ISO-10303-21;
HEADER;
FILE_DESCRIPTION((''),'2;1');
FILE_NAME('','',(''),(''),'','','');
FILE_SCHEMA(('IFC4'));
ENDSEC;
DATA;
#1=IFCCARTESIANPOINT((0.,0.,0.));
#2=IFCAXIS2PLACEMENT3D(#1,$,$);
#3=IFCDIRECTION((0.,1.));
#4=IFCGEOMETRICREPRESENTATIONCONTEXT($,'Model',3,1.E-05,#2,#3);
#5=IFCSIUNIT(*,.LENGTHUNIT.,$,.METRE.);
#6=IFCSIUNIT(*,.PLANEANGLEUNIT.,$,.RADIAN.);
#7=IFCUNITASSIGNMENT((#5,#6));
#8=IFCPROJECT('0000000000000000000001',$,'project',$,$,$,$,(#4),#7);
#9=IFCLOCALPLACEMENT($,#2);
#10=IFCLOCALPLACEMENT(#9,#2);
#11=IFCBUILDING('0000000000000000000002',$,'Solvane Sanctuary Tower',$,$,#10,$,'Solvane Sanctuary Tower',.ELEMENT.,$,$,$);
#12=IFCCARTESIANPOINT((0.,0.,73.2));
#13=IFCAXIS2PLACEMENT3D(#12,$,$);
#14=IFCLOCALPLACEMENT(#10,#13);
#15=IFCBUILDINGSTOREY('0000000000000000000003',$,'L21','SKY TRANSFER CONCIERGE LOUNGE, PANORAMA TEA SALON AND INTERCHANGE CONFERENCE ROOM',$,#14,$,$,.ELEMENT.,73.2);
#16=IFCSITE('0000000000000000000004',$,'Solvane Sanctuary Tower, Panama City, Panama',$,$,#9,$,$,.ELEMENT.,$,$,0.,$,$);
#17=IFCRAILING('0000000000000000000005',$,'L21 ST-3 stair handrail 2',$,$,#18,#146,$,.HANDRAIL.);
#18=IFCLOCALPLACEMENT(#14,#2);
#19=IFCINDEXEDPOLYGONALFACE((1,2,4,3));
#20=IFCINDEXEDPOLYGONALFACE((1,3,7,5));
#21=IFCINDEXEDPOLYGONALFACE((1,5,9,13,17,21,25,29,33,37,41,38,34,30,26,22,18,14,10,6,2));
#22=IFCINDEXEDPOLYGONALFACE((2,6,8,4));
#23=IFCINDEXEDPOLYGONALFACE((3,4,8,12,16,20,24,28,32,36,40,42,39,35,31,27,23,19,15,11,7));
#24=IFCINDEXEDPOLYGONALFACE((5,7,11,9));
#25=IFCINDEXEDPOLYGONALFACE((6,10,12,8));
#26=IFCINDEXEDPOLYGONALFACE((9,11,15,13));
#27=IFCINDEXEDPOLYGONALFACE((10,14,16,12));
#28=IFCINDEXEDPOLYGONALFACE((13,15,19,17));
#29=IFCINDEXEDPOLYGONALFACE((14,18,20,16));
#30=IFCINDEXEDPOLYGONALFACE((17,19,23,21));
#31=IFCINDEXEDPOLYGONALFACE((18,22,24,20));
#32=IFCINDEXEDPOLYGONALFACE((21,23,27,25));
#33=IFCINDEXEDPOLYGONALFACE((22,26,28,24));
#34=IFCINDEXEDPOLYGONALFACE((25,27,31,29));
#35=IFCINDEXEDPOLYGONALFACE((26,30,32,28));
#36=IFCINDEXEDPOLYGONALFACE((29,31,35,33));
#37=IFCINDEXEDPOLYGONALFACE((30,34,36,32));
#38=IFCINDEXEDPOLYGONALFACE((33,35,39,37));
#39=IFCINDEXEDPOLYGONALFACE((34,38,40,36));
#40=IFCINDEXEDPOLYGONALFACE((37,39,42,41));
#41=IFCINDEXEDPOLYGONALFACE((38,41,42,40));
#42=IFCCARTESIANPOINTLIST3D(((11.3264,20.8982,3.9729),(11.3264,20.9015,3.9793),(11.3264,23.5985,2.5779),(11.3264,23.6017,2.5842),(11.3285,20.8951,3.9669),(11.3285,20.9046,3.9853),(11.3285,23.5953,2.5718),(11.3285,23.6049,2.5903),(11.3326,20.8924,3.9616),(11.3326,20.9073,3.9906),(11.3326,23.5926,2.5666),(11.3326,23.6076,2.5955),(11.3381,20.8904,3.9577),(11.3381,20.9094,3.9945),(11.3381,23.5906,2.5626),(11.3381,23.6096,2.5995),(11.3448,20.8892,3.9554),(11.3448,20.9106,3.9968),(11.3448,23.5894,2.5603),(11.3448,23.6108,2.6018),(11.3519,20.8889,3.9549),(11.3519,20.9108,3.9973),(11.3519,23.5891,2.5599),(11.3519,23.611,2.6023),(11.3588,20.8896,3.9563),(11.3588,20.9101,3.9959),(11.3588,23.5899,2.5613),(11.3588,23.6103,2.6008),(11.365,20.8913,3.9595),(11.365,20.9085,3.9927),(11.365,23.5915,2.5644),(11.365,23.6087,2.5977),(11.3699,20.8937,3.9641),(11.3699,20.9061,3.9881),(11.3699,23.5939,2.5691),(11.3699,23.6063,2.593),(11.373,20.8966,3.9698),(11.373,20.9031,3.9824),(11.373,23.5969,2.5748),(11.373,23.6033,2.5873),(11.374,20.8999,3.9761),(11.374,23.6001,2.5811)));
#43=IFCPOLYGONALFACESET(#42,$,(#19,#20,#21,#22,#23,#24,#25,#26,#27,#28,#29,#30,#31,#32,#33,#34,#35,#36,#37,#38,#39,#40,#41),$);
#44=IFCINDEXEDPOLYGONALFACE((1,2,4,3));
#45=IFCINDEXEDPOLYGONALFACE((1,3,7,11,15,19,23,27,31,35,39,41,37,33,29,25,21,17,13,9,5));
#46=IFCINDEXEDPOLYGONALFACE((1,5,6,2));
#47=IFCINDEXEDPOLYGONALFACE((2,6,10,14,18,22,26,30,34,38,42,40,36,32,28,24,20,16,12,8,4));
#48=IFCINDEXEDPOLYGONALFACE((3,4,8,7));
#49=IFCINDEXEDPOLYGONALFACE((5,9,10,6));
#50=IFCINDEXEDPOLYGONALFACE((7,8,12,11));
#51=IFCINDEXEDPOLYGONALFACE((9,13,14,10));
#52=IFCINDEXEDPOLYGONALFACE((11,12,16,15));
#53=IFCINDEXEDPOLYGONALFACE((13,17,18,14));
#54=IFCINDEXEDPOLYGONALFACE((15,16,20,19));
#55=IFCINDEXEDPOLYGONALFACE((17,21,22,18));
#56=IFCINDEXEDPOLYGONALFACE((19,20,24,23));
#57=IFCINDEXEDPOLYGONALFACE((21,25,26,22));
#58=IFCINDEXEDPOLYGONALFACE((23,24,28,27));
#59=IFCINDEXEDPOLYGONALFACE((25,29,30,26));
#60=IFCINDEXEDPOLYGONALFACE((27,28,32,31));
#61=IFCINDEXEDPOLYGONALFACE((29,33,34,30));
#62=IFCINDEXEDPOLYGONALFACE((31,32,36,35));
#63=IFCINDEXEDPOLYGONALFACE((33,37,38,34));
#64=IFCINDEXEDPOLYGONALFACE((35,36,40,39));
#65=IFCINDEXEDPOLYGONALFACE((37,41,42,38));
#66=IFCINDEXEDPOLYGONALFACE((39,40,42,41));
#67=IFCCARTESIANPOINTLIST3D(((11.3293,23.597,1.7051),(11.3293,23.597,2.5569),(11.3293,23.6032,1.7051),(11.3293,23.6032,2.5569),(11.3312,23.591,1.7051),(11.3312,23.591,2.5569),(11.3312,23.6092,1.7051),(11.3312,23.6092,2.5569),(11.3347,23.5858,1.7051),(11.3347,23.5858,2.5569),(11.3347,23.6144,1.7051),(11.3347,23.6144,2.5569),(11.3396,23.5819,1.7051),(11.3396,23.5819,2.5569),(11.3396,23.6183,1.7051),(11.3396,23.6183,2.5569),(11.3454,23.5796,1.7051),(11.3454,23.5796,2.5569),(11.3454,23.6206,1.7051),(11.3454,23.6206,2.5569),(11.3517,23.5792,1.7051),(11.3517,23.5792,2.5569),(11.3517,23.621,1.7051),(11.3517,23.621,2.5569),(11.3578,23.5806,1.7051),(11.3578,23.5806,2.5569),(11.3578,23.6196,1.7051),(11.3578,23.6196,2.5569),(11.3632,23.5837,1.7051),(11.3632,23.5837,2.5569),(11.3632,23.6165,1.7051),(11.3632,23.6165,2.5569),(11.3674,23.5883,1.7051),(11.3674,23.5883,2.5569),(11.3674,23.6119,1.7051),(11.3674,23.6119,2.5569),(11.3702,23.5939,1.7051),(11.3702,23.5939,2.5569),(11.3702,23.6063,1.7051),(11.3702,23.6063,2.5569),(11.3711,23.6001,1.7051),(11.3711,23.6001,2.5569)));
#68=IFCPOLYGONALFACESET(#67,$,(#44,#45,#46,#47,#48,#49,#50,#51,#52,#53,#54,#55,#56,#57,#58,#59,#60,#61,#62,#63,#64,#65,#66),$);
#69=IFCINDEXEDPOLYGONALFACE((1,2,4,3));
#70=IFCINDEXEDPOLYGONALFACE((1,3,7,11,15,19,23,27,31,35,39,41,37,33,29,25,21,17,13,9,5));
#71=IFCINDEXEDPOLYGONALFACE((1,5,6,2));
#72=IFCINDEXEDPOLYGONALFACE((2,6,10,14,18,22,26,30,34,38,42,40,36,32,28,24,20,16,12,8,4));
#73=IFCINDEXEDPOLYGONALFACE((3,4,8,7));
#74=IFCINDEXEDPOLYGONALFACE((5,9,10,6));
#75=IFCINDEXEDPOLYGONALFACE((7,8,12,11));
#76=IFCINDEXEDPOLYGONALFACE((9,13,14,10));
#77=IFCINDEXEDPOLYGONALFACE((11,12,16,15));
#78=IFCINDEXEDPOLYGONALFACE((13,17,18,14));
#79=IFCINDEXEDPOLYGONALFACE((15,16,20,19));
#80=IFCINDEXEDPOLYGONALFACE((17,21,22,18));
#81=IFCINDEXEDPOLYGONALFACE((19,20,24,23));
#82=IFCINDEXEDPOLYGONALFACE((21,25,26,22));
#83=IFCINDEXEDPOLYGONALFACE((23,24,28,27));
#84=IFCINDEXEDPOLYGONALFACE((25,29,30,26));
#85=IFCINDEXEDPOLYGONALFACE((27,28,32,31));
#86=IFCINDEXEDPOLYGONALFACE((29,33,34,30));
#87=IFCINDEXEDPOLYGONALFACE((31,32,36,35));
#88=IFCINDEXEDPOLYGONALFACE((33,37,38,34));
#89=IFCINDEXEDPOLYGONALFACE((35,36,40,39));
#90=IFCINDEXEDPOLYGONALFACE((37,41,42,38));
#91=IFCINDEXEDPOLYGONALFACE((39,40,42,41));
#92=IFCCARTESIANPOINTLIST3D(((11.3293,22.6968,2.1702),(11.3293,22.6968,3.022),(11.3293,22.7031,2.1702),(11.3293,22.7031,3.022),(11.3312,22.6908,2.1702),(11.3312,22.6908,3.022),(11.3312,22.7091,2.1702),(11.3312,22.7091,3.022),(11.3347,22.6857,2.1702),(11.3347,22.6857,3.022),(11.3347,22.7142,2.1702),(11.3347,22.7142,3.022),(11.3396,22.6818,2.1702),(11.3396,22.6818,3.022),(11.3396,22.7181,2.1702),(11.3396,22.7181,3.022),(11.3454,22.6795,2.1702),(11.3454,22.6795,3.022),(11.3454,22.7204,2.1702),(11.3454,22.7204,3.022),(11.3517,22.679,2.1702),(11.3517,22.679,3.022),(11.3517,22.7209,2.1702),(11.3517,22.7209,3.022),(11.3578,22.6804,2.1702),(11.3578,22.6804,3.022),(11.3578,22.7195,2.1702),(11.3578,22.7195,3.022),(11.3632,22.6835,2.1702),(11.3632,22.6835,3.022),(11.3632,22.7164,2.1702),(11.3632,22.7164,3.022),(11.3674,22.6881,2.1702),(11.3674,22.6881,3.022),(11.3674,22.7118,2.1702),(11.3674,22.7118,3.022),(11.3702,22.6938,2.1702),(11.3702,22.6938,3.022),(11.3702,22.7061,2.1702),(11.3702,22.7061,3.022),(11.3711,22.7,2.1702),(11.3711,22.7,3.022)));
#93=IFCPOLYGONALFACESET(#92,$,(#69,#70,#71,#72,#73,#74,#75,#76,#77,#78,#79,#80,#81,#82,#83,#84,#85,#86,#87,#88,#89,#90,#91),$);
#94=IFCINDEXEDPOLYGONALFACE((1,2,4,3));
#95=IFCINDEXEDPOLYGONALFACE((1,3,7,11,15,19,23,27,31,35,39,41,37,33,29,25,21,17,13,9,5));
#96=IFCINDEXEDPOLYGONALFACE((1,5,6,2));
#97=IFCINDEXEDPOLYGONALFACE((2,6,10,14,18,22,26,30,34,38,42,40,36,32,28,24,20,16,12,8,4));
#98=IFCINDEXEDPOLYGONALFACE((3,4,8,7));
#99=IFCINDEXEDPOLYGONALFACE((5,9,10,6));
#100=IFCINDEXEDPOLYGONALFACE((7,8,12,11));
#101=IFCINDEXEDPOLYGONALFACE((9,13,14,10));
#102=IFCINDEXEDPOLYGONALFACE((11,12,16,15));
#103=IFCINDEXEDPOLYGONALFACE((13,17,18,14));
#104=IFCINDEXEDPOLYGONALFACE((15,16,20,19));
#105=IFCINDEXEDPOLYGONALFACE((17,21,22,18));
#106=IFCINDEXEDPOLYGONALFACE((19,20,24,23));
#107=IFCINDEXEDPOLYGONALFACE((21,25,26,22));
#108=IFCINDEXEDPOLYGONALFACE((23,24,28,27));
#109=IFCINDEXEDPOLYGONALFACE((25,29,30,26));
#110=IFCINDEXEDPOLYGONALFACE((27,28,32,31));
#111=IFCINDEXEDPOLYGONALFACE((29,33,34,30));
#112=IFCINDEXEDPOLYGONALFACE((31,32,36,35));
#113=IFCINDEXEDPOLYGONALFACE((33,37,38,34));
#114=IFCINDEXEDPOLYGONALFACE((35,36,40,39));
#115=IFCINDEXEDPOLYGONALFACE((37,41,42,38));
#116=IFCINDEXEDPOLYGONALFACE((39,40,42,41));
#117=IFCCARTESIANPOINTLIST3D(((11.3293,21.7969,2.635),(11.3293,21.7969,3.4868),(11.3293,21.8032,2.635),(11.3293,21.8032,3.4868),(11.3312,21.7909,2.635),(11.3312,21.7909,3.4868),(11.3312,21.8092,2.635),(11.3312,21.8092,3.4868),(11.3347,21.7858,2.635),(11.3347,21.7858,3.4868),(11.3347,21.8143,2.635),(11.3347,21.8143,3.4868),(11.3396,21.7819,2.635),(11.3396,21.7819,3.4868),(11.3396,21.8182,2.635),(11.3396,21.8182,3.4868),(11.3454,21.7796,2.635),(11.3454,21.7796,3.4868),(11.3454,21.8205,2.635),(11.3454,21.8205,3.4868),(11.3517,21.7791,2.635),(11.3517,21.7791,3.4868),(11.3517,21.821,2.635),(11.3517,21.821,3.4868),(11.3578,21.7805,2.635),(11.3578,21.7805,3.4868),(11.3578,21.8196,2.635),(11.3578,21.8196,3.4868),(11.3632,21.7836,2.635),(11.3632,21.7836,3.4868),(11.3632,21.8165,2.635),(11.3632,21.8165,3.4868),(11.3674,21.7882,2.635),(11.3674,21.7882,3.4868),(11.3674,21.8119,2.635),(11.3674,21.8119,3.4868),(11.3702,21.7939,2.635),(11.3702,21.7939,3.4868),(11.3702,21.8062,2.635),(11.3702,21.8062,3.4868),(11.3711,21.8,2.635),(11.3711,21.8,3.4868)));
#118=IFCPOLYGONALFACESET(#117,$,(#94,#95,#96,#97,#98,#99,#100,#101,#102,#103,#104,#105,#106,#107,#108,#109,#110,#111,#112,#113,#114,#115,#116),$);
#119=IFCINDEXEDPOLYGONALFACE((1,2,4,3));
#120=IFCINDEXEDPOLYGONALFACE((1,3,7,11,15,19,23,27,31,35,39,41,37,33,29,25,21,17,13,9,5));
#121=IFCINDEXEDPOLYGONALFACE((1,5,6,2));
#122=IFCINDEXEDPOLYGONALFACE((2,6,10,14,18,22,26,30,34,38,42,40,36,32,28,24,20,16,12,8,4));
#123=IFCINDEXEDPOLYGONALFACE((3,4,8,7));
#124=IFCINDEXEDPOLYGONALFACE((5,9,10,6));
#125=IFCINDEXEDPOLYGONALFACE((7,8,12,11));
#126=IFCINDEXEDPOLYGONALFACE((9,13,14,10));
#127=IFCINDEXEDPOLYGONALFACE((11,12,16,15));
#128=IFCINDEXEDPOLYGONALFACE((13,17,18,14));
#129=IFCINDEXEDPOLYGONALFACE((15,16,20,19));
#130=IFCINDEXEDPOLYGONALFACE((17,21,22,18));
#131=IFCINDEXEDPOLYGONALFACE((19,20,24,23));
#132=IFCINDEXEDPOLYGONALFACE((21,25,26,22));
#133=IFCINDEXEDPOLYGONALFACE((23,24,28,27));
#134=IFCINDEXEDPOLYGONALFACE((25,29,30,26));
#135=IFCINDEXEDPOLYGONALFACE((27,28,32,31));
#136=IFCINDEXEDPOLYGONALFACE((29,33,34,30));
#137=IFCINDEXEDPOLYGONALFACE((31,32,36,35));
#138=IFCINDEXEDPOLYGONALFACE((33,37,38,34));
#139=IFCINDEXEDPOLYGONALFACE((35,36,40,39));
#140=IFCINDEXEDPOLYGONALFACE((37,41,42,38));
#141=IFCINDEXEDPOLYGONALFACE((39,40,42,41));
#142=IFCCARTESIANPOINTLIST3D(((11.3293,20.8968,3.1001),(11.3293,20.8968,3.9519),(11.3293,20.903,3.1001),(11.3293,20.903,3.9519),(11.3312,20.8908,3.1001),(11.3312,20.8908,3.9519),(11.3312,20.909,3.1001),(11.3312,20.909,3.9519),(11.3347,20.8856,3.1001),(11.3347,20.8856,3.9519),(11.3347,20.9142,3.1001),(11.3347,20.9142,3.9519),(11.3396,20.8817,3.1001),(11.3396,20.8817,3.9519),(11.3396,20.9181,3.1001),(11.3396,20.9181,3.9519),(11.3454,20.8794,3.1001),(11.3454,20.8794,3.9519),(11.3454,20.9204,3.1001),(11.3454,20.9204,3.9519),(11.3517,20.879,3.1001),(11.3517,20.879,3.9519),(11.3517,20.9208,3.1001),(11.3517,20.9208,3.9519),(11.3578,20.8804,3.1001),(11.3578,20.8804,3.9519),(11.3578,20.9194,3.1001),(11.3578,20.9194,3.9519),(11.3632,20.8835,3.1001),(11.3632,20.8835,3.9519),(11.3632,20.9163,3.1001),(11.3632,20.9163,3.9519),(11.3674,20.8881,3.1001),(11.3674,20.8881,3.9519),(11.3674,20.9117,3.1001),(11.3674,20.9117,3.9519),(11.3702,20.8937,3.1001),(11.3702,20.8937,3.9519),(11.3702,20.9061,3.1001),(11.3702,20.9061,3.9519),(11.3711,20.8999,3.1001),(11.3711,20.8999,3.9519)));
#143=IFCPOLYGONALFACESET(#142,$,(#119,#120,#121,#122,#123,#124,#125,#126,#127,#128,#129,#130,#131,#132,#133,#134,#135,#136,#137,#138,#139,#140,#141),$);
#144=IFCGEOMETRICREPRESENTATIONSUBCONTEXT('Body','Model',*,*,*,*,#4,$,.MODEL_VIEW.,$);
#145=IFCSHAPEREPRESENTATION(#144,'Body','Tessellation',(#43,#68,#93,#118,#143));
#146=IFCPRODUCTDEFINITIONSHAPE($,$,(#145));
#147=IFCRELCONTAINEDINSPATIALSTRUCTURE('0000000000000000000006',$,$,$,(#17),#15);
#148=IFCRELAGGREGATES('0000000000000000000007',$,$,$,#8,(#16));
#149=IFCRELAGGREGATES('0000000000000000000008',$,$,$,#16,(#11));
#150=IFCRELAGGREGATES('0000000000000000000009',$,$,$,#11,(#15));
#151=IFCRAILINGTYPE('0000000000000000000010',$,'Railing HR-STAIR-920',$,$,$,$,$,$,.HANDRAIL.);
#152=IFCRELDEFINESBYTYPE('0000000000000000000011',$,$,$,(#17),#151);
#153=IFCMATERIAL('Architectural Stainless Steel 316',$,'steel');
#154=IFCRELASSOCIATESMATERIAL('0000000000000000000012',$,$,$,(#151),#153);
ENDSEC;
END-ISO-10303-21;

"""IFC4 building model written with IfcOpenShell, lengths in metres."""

from ifc_helpers import new_model, si_unit, direction, frame, origin, origin_2d, place, context, subcontext, project, spatial, circle, extrude, material, type_object, element, save


model = new_model("IFC4")

# Units and contexts
model_context = context("Model", 3, precision=1e-05, world=origin(), true_north=direction((0.0, 1.0)))
body_context = subcontext(model_context, "Body", "Model", "MODEL_VIEW")
ifc_project = project(units=[si_unit("LENGTHUNIT", "METRE"), si_unit("PLANEANGLEUNIT", "RADIAN")], contexts=[model_context])

# Site, building, storey
site_placement = place(None, origin())
site = spatial("IfcSite", under=ifc_project, at=site_placement, Name="Solvane Sanctuary Tower, Panama City, Panama", CompositionType="ELEMENT", RefElevation=0.0)
building_placement = place(site_placement, origin())
building = spatial("IfcBuilding", under=site, at=building_placement, Name="Solvane Sanctuary Tower", LongName="Solvane Sanctuary Tower", CompositionType="ELEMENT")
storey_placement = place(building_placement, frame((0.0, 0.0, 73.2)))
storey = spatial("IfcBuildingStorey", under=building, at=storey_placement, Name="L21", Description="SKY TRANSFER CONCIERGE LOUNGE, PANORAMA TEA SALON AND INTERCHANGE CONFERENCE ROOM", CompositionType="ELEMENT", Elevation=73.2)

# Shared definitions
ifc_material_1 = material(Name="Architectural Stainless Steel 316", Category="steel")

# Railing
railing_type_1 = type_object("IfcRailingType", Name="Railing HR-STAIR-920", PredefinedType="HANDRAIL", material=ifc_material_1)
railing_1_placement = place(storey_placement, frame((11.3501, 23.6001, 1.7051)))
element("IfcRailing", 1, at=railing_1_placement, inside=storey, type_object=railing_type_1, Name="L21 ST-3 stair handrail 2", PredefinedType="HANDRAIL", context=body_context, shape_type="SweptSolid", body=[
    extrude(circle(Radius=0.0239, at=origin_2d()), frame((0.0, 0.0, 0.876), z_axis=(0.0, -0.888437, 0.458999), x_axis=(1.0, 0.0, 0.0)), (0.0, 0.0, 1.0), 3.0393),
    extrude(circle(Radius=0.021, at=origin_2d()), origin(), (0.0, 0.0, 1.0), 0.8518),
    extrude(circle(Radius=0.021, at=origin_2d()), frame((0.0, -0.9001, 0.4651)), (0.0, 0.0, 1.0), 0.8518),
    extrude(circle(Radius=0.021, at=origin_2d()), frame((0.0, -1.8, 0.9299)), (0.0, 0.0, 1.0), 0.8518),
    extrude(circle(Radius=0.021, at=origin_2d()), frame((0.0, -2.7002, 1.395)), (0.0, 0.0, 1.0), 0.8518),
])

save(model, "model.ifc")
